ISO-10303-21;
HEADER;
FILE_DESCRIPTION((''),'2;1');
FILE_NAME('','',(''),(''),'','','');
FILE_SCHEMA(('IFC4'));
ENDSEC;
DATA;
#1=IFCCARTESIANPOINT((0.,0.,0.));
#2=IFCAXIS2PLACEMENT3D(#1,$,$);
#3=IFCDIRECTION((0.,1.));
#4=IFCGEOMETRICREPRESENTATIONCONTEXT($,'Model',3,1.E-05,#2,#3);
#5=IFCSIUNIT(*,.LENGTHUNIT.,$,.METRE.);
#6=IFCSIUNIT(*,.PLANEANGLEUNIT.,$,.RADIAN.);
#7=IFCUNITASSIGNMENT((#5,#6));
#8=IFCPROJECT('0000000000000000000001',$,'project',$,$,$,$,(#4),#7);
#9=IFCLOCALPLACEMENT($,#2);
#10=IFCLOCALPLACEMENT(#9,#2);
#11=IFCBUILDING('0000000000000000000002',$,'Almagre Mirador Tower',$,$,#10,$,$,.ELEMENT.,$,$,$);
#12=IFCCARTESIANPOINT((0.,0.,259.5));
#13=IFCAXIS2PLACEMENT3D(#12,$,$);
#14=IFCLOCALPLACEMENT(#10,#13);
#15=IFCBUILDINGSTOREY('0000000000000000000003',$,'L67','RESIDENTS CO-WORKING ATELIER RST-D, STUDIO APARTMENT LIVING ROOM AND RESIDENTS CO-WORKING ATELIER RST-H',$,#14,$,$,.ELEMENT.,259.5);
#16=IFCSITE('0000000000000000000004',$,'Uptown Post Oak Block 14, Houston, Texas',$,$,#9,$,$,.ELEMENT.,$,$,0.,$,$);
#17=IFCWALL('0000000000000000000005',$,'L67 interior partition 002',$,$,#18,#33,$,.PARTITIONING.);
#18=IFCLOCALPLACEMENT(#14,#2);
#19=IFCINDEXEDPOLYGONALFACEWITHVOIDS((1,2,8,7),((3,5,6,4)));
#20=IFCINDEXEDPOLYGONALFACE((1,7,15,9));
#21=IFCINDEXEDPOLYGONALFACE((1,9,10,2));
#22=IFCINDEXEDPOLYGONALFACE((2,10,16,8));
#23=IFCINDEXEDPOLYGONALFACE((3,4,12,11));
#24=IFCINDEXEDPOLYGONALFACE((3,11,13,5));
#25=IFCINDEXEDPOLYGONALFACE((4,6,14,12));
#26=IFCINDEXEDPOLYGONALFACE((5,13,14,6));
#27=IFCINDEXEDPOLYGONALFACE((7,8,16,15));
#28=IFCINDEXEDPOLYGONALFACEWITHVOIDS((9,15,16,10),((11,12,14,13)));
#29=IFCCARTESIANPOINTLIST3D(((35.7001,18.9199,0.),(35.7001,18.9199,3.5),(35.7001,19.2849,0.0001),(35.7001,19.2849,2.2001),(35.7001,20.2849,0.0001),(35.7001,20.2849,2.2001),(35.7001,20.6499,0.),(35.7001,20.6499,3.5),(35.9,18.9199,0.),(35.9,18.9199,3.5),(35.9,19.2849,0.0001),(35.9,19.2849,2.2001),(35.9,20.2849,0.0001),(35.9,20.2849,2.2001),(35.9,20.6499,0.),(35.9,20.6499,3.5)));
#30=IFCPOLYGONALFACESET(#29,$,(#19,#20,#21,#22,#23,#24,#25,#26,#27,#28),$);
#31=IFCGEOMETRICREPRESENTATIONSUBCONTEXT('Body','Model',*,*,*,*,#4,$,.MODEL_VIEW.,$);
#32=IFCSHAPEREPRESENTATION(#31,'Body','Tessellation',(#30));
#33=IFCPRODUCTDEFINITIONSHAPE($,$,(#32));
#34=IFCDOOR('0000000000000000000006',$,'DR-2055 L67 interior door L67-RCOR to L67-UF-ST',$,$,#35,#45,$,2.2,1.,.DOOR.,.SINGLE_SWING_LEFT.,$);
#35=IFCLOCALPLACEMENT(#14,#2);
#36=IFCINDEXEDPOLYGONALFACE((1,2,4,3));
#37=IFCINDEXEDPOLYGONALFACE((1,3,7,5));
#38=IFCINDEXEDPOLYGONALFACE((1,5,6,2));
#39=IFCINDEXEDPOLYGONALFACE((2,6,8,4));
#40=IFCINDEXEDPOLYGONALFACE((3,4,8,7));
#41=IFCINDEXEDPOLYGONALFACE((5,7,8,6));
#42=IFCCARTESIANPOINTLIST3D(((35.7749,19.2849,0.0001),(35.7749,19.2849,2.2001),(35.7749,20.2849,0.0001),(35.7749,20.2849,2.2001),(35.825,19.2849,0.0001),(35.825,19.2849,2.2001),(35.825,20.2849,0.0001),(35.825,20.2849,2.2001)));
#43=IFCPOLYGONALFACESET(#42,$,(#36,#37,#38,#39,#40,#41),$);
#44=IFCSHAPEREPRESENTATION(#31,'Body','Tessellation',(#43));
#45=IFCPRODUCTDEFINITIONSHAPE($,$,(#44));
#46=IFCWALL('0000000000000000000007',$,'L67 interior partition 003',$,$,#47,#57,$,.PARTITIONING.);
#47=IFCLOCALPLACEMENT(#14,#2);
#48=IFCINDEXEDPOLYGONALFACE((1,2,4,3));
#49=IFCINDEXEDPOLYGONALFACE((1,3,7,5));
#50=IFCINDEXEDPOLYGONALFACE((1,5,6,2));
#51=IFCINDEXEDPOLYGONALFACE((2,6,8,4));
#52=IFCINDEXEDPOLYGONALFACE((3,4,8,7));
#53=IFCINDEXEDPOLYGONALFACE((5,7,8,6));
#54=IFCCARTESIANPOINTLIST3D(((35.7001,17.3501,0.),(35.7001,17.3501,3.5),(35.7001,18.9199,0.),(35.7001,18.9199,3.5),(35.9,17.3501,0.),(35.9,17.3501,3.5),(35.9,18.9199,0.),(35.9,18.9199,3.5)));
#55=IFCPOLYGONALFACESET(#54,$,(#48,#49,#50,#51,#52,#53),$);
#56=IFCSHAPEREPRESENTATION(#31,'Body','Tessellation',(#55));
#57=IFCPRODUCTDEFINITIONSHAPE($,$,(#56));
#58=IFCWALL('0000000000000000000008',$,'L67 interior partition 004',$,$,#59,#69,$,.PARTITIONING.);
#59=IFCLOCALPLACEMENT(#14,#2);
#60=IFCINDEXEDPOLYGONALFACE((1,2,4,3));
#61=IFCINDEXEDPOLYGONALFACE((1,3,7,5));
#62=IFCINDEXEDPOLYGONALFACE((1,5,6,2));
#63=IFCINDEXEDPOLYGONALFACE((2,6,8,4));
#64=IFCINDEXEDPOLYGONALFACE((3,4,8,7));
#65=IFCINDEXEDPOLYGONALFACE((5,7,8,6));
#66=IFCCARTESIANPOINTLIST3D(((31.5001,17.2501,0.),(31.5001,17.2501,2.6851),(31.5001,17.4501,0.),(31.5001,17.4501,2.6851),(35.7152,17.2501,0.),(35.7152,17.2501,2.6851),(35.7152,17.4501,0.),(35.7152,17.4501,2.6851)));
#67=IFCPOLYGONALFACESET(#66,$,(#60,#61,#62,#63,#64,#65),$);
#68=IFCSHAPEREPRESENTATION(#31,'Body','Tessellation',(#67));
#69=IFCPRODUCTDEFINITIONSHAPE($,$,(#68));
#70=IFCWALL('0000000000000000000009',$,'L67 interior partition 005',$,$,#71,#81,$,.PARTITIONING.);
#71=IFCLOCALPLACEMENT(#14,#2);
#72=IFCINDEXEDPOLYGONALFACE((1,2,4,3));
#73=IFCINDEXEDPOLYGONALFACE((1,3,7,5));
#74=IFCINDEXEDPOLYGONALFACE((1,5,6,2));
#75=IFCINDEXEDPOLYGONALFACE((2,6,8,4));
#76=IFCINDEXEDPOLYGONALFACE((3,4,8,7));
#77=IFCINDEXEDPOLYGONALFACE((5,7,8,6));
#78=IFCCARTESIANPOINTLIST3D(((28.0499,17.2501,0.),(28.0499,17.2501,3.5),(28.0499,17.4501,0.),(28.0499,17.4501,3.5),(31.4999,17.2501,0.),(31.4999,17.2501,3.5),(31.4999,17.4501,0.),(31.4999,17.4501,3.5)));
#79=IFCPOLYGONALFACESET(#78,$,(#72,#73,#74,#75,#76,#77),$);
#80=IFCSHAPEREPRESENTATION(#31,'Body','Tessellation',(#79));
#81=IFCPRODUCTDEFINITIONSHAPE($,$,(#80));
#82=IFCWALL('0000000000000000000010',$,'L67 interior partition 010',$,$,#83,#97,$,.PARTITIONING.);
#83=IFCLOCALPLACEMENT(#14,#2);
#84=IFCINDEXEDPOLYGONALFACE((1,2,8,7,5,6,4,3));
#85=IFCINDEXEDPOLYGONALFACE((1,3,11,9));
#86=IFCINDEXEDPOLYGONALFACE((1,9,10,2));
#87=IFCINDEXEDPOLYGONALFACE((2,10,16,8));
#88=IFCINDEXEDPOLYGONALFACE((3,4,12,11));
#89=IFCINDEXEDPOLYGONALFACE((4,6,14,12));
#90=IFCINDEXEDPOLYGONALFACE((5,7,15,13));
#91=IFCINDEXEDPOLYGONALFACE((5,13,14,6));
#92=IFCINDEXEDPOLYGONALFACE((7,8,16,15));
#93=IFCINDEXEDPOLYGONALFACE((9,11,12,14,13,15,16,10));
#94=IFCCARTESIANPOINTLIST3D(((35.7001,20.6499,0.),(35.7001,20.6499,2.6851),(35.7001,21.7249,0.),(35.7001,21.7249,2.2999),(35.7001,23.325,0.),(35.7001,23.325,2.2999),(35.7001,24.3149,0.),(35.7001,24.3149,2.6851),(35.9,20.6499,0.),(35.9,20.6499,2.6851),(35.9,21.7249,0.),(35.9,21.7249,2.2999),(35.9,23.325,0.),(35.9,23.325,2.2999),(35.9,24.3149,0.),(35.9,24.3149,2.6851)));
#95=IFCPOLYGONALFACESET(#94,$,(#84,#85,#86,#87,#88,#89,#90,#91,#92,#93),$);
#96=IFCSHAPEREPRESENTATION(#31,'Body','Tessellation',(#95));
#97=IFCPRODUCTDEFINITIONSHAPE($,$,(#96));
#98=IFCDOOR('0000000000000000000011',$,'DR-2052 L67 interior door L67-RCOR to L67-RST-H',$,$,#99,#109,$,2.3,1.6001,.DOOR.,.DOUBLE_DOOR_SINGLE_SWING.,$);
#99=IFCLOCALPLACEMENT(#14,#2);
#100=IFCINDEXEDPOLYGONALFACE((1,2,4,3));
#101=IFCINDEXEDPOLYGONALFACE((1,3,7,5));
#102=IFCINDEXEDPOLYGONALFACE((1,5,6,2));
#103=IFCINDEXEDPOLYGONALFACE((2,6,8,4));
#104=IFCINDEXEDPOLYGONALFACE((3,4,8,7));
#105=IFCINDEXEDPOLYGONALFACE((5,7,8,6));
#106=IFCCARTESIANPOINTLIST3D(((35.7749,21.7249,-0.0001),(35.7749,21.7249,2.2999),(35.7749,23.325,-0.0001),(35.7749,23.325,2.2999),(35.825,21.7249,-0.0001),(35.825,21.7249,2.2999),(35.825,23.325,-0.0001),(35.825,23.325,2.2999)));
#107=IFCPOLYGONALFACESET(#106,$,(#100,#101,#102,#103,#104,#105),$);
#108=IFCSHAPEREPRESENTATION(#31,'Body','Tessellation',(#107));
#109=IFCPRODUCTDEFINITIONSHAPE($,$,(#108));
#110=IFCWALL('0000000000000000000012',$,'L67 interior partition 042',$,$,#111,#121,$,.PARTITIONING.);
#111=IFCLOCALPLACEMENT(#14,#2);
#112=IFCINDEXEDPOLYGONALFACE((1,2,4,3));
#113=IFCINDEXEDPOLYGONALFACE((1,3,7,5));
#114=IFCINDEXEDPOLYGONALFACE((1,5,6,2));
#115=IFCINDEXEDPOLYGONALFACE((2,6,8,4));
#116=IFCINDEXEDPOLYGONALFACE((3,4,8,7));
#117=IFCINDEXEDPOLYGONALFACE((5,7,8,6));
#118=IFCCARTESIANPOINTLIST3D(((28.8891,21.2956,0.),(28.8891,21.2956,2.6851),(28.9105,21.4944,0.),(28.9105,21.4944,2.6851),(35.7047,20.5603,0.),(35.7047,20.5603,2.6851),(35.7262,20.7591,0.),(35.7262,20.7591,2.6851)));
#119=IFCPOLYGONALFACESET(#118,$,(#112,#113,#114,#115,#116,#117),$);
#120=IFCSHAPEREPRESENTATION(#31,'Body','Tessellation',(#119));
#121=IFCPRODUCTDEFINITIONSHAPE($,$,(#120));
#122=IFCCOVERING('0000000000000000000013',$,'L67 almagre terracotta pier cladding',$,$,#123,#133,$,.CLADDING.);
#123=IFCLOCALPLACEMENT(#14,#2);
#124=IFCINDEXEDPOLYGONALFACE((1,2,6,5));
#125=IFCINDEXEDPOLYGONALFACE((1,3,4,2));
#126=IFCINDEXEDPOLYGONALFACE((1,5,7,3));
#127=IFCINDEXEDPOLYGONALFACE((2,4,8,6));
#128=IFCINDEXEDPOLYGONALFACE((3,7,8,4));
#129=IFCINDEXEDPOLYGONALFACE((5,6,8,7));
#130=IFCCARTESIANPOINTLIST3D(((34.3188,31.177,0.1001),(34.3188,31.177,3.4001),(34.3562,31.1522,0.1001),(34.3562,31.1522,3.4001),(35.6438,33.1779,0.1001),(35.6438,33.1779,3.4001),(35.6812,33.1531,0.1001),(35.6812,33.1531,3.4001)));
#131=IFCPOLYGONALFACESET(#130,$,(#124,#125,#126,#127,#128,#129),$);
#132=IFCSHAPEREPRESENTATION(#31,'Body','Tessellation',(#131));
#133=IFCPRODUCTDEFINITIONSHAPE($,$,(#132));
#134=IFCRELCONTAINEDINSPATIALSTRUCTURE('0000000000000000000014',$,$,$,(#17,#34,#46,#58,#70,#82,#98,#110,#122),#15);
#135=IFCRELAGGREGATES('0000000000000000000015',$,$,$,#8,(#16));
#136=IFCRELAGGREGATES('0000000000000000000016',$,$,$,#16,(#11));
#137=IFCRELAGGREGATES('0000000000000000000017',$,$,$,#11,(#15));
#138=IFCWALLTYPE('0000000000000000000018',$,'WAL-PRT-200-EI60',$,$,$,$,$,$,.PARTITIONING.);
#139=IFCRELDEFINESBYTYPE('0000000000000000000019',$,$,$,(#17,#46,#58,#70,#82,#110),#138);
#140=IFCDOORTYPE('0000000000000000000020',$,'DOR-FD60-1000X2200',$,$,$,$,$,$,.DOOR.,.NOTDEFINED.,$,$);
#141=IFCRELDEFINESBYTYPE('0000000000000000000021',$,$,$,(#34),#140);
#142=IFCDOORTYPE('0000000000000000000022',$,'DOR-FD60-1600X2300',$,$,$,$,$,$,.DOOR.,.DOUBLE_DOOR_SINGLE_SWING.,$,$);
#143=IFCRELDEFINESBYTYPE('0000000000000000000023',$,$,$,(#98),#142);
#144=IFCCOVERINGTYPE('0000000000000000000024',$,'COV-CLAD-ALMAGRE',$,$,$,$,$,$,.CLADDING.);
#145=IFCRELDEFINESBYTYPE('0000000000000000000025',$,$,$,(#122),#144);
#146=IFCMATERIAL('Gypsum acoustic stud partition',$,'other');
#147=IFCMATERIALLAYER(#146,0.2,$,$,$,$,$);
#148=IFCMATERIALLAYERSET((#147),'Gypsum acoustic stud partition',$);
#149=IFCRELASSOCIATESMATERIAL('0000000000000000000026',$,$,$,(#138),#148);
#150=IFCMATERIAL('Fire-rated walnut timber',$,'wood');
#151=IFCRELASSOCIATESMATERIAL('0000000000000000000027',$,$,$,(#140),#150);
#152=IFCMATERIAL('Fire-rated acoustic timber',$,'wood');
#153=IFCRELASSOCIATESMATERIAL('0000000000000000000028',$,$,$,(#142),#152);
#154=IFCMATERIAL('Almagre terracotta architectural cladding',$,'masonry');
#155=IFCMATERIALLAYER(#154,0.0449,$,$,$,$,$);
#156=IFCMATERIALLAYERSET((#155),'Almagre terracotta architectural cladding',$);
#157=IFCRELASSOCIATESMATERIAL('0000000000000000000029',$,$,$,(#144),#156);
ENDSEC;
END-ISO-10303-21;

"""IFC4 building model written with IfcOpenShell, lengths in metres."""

from ifc_helpers import new_model, si_unit, direction, frame, frame_2d, origin, origin_2d, place, context, subcontext, project, spatial, rectangle, extrude, material, layer, layer_set, type_object, element, fill, save


model = new_model("IFC4")

# Units and contexts
model_context = context("Model", 3, precision=1e-05, world=origin(), true_north=direction((0.0, 1.0)))
body_context = subcontext(model_context, "Body", "Model", "MODEL_VIEW")
ifc_project = project(units=[si_unit("LENGTHUNIT", "METRE"), si_unit("PLANEANGLEUNIT", "RADIAN")], contexts=[model_context])

# Site, building, storey
site_placement = place(None, origin())
site = spatial("IfcSite", under=ifc_project, at=site_placement, Name="Uptown Post Oak Block 14, Houston, Texas", CompositionType="ELEMENT", RefElevation=0.0)
building_placement = place(site_placement, origin())
building = spatial("IfcBuilding", under=site, at=building_placement, Name="Almagre Mirador Tower", CompositionType="ELEMENT")
storey_placement = place(building_placement, frame((0.0, 0.0, 259.5)))
storey = spatial("IfcBuildingStorey", under=building, at=storey_placement, Name="L67", Description="RESIDENTS CO-WORKING ATELIER RST-D, STUDIO APARTMENT LIVING ROOM AND RESIDENTS CO-WORKING ATELIER RST-H", CompositionType="ELEMENT", Elevation=259.5)

# Wall, opening, door
ifc_material_1 = material(Name="Gypsum acoustic stud partition", Category="other")
ifc_layer_1 = layer(ifc_material_1, 0.2)
ifc_layer_set_1 = layer_set([ifc_layer_1], Name="Gypsum acoustic stud partition")
wall_type_1 = type_object("IfcWallType", Name="WAL-PRT-200-EI60", PredefinedType="PARTITIONING", material=ifc_layer_set_1)
wall_1_placement = place(storey_placement, frame((35.8, 20.6499, 0.0), z_axis=(0.0, 0.0, 1.0), x_axis=(0.0, -1.0, 0.0)))
wall_1 = element("IfcWall", 1, at=wall_1_placement, inside=storey, type_object=wall_type_1, Name="L67 interior partition 002", PredefinedType="PARTITIONING", context=body_context, shape_type="SweptSolid", body=[
    extrude(rectangle(XDim=1.73, YDim=0.2, at=frame_2d((0.865, 0.0))), origin(), (0.0, 0.0, 1.0), 3.5),
])
opening_1_placement = place(wall_1_placement, frame((0.365, 0.0, 0.0)))
opening_1 = element("IfcOpeningElement", 2, at=opening_1_placement, cuts=wall_1, PredefinedType="OPENING", context=body_context, shape_type="SweptSolid", body=[
    extrude(rectangle(XDim=1.0, YDim=2.2, at=frame_2d((0.5, 1.1001))), frame((0.0, 0.1101, 0.0), z_axis=(0.0, -1.0, 0.0), x_axis=(1.0, 0.0, 0.0)), (0.0, 0.0, 1.0), 0.22),
])
ifc_material_2 = material(Name="Fire-rated walnut timber", Category="wood")
door_type_1 = type_object("IfcDoorType", Name="DOR-FD60-1000X2200", OperationType="NOTDEFINED", PredefinedType="DOOR", material=ifc_material_2)
door_1_placement = place(opening_1_placement, origin())
door_1 = element("IfcDoor", 3, at=door_1_placement, inside=storey, type_object=door_type_1, Name="DR-2055 L67 interior door L67-RCOR to L67-UF-ST", OperationType="SINGLE_SWING_LEFT", OverallHeight=2.2, OverallWidth=1.0, PredefinedType="DOOR", context=body_context, shape_type="SweptSolid", body=[
    extrude(rectangle(XDim=1.0, YDim=2.2, at=frame_2d((0.5, 1.1001))), frame((0.0, 0.0249, 0.0), z_axis=(0.0, -1.0, 0.0), x_axis=(1.0, 0.0, 0.0)), (0.0, 0.0, 1.0), 0.05),
])
fill(opening_1, door_1)

# Walls
wall_2_placement = place(storey_placement, frame((35.8, 18.9199, 0.0), z_axis=(0.0, 0.0, 1.0), x_axis=(0.0, -1.0, 0.0)))
element("IfcWall", 4, at=wall_2_placement, inside=storey, type_object=wall_type_1, Name="L67 interior partition 003", PredefinedType="PARTITIONING", context=body_context, shape_type="SweptSolid", body=[
    extrude(rectangle(XDim=1.5698, YDim=0.2, at=frame_2d((0.7849, 0.0))), origin(), (0.0, 0.0, 1.0), 3.5),
])
wall_3_placement = place(storey_placement, frame((35.7151, 17.3501, 0.0), z_axis=(0.0, 0.0, 1.0), x_axis=(-1.0, 0.0, 0.0)))
element("IfcWall", 5, at=wall_3_placement, inside=storey, type_object=wall_type_1, Name="L67 interior partition 004", PredefinedType="PARTITIONING", context=body_context, shape_type="SweptSolid", body=[
    extrude(rectangle(XDim=4.2151, YDim=0.2, at=frame_2d((2.1074, 0.0))), origin(), (0.0, 0.0, 1.0), 2.6851),
])
wall_4_placement = place(storey_placement, frame((31.5, 17.3501, 0.0), z_axis=(0.0, 0.0, 1.0), x_axis=(-1.0, 0.0, 0.0)))
element("IfcWall", 6, at=wall_4_placement, inside=storey, type_object=wall_type_1, Name="L67 interior partition 005", PredefinedType="PARTITIONING", context=body_context, shape_type="SweptSolid", body=[
    extrude(rectangle(XDim=3.45, YDim=0.2, at=frame_2d((1.7251, 0.0))), origin(), (0.0, 0.0, 1.0), 3.5),
])

# Wall, opening, door
wall_5_placement = place(storey_placement, frame((35.8, 24.3149, 0.0), z_axis=(0.0, 0.0, 1.0), x_axis=(0.0, -1.0, 0.0)))
wall_5 = element("IfcWall", 7, at=wall_5_placement, inside=storey, type_object=wall_type_1, Name="L67 interior partition 010", PredefinedType="PARTITIONING", context=body_context, shape_type="SweptSolid", body=[
    extrude(rectangle(XDim=3.665, YDim=0.2, at=frame_2d((1.8325, 0.0))), origin(), (0.0, 0.0, 1.0), 2.6851),
])
opening_2_placement = place(wall_5_placement, frame((0.99, 0.0, 0.0)))
opening_2 = element("IfcOpeningElement", 8, at=opening_2_placement, cuts=wall_5, PredefinedType="OPENING", context=body_context, shape_type="SweptSolid", body=[
    extrude(rectangle(XDim=1.6001, YDim=2.3, at=frame_2d((0.8, 1.1499))), frame((0.0, 0.1101, 0.0), z_axis=(0.0, -1.0, 0.0), x_axis=(1.0, 0.0, 0.0)), (0.0, 0.0, 1.0), 0.22),
])
ifc_material_3 = material(Name="Fire-rated acoustic timber", Category="wood")
door_type_2 = type_object("IfcDoorType", Name="DOR-FD60-1600X2300", OperationType="DOUBLE_DOOR_SINGLE_SWING", PredefinedType="DOOR", material=ifc_material_3)
door_2_placement = place(opening_2_placement, origin())
door_2 = element("IfcDoor", 9, at=door_2_placement, inside=storey, type_object=door_type_2, Name="DR-2052 L67 interior door L67-RCOR to L67-RST-H", OperationType="DOUBLE_DOOR_SINGLE_SWING", OverallHeight=2.3, OverallWidth=1.6001, PredefinedType="DOOR", context=body_context, shape_type="SweptSolid", body=[
    extrude(rectangle(XDim=1.6001, YDim=2.3, at=frame_2d((0.8, 1.1499))), frame((0.0, 0.0249, 0.0), z_axis=(0.0, -1.0, 0.0), x_axis=(1.0, 0.0, 0.0)), (0.0, 0.0, 1.0), 0.05),
])
fill(opening_2, door_2)

# Wall
wall_6_placement = place(storey_placement, frame((35.7156, 20.6597, 0.0), z_axis=(0.0, 0.0, 1.0), x_axis=(-0.99423, 0.107269, 0.0)))
element("IfcWall", 10, at=wall_6_placement, inside=storey, type_object=wall_type_1, Name="L67 interior partition 042", PredefinedType="PARTITIONING", context=body_context, shape_type="SweptSolid", body=[
    extrude(rectangle(XDim=6.8552, YDim=0.2, at=frame_2d((3.4277, 0.0))), origin(), (0.0, 0.0, 1.0), 2.6851),
])

# Covering
ifc_material_4 = material(Name="Almagre terracotta architectural cladding", Category="masonry")
ifc_layer_2 = layer(ifc_material_4, 0.0449)
ifc_layer_set_2 = layer_set([ifc_layer_2], Name="Almagre terracotta architectural cladding")
covering_type = type_object("IfcCoveringType", Name="COV-CLAD-ALMAGRE", PredefinedType="CLADDING", material=ifc_layer_set_2)
covering_placement = place(storey_placement, frame((35.0, 32.165, 0.1001), z_axis=(0.0, 0.0, 1.0), x_axis=(0.552112, 0.83377, 0.0)))
element("IfcCovering", 11, at=covering_placement, inside=storey, type_object=covering_type, Name="L67 almagre terracotta pier cladding", PredefinedType="CLADDING", context=body_context, shape_type="SweptSolid", body=[
    extrude(rectangle(XDim=2.3999, YDim=0.0449, at=origin_2d()), origin(), (0.0, 0.0, 1.0), 3.3),
])

save(model, "model.ifc")
